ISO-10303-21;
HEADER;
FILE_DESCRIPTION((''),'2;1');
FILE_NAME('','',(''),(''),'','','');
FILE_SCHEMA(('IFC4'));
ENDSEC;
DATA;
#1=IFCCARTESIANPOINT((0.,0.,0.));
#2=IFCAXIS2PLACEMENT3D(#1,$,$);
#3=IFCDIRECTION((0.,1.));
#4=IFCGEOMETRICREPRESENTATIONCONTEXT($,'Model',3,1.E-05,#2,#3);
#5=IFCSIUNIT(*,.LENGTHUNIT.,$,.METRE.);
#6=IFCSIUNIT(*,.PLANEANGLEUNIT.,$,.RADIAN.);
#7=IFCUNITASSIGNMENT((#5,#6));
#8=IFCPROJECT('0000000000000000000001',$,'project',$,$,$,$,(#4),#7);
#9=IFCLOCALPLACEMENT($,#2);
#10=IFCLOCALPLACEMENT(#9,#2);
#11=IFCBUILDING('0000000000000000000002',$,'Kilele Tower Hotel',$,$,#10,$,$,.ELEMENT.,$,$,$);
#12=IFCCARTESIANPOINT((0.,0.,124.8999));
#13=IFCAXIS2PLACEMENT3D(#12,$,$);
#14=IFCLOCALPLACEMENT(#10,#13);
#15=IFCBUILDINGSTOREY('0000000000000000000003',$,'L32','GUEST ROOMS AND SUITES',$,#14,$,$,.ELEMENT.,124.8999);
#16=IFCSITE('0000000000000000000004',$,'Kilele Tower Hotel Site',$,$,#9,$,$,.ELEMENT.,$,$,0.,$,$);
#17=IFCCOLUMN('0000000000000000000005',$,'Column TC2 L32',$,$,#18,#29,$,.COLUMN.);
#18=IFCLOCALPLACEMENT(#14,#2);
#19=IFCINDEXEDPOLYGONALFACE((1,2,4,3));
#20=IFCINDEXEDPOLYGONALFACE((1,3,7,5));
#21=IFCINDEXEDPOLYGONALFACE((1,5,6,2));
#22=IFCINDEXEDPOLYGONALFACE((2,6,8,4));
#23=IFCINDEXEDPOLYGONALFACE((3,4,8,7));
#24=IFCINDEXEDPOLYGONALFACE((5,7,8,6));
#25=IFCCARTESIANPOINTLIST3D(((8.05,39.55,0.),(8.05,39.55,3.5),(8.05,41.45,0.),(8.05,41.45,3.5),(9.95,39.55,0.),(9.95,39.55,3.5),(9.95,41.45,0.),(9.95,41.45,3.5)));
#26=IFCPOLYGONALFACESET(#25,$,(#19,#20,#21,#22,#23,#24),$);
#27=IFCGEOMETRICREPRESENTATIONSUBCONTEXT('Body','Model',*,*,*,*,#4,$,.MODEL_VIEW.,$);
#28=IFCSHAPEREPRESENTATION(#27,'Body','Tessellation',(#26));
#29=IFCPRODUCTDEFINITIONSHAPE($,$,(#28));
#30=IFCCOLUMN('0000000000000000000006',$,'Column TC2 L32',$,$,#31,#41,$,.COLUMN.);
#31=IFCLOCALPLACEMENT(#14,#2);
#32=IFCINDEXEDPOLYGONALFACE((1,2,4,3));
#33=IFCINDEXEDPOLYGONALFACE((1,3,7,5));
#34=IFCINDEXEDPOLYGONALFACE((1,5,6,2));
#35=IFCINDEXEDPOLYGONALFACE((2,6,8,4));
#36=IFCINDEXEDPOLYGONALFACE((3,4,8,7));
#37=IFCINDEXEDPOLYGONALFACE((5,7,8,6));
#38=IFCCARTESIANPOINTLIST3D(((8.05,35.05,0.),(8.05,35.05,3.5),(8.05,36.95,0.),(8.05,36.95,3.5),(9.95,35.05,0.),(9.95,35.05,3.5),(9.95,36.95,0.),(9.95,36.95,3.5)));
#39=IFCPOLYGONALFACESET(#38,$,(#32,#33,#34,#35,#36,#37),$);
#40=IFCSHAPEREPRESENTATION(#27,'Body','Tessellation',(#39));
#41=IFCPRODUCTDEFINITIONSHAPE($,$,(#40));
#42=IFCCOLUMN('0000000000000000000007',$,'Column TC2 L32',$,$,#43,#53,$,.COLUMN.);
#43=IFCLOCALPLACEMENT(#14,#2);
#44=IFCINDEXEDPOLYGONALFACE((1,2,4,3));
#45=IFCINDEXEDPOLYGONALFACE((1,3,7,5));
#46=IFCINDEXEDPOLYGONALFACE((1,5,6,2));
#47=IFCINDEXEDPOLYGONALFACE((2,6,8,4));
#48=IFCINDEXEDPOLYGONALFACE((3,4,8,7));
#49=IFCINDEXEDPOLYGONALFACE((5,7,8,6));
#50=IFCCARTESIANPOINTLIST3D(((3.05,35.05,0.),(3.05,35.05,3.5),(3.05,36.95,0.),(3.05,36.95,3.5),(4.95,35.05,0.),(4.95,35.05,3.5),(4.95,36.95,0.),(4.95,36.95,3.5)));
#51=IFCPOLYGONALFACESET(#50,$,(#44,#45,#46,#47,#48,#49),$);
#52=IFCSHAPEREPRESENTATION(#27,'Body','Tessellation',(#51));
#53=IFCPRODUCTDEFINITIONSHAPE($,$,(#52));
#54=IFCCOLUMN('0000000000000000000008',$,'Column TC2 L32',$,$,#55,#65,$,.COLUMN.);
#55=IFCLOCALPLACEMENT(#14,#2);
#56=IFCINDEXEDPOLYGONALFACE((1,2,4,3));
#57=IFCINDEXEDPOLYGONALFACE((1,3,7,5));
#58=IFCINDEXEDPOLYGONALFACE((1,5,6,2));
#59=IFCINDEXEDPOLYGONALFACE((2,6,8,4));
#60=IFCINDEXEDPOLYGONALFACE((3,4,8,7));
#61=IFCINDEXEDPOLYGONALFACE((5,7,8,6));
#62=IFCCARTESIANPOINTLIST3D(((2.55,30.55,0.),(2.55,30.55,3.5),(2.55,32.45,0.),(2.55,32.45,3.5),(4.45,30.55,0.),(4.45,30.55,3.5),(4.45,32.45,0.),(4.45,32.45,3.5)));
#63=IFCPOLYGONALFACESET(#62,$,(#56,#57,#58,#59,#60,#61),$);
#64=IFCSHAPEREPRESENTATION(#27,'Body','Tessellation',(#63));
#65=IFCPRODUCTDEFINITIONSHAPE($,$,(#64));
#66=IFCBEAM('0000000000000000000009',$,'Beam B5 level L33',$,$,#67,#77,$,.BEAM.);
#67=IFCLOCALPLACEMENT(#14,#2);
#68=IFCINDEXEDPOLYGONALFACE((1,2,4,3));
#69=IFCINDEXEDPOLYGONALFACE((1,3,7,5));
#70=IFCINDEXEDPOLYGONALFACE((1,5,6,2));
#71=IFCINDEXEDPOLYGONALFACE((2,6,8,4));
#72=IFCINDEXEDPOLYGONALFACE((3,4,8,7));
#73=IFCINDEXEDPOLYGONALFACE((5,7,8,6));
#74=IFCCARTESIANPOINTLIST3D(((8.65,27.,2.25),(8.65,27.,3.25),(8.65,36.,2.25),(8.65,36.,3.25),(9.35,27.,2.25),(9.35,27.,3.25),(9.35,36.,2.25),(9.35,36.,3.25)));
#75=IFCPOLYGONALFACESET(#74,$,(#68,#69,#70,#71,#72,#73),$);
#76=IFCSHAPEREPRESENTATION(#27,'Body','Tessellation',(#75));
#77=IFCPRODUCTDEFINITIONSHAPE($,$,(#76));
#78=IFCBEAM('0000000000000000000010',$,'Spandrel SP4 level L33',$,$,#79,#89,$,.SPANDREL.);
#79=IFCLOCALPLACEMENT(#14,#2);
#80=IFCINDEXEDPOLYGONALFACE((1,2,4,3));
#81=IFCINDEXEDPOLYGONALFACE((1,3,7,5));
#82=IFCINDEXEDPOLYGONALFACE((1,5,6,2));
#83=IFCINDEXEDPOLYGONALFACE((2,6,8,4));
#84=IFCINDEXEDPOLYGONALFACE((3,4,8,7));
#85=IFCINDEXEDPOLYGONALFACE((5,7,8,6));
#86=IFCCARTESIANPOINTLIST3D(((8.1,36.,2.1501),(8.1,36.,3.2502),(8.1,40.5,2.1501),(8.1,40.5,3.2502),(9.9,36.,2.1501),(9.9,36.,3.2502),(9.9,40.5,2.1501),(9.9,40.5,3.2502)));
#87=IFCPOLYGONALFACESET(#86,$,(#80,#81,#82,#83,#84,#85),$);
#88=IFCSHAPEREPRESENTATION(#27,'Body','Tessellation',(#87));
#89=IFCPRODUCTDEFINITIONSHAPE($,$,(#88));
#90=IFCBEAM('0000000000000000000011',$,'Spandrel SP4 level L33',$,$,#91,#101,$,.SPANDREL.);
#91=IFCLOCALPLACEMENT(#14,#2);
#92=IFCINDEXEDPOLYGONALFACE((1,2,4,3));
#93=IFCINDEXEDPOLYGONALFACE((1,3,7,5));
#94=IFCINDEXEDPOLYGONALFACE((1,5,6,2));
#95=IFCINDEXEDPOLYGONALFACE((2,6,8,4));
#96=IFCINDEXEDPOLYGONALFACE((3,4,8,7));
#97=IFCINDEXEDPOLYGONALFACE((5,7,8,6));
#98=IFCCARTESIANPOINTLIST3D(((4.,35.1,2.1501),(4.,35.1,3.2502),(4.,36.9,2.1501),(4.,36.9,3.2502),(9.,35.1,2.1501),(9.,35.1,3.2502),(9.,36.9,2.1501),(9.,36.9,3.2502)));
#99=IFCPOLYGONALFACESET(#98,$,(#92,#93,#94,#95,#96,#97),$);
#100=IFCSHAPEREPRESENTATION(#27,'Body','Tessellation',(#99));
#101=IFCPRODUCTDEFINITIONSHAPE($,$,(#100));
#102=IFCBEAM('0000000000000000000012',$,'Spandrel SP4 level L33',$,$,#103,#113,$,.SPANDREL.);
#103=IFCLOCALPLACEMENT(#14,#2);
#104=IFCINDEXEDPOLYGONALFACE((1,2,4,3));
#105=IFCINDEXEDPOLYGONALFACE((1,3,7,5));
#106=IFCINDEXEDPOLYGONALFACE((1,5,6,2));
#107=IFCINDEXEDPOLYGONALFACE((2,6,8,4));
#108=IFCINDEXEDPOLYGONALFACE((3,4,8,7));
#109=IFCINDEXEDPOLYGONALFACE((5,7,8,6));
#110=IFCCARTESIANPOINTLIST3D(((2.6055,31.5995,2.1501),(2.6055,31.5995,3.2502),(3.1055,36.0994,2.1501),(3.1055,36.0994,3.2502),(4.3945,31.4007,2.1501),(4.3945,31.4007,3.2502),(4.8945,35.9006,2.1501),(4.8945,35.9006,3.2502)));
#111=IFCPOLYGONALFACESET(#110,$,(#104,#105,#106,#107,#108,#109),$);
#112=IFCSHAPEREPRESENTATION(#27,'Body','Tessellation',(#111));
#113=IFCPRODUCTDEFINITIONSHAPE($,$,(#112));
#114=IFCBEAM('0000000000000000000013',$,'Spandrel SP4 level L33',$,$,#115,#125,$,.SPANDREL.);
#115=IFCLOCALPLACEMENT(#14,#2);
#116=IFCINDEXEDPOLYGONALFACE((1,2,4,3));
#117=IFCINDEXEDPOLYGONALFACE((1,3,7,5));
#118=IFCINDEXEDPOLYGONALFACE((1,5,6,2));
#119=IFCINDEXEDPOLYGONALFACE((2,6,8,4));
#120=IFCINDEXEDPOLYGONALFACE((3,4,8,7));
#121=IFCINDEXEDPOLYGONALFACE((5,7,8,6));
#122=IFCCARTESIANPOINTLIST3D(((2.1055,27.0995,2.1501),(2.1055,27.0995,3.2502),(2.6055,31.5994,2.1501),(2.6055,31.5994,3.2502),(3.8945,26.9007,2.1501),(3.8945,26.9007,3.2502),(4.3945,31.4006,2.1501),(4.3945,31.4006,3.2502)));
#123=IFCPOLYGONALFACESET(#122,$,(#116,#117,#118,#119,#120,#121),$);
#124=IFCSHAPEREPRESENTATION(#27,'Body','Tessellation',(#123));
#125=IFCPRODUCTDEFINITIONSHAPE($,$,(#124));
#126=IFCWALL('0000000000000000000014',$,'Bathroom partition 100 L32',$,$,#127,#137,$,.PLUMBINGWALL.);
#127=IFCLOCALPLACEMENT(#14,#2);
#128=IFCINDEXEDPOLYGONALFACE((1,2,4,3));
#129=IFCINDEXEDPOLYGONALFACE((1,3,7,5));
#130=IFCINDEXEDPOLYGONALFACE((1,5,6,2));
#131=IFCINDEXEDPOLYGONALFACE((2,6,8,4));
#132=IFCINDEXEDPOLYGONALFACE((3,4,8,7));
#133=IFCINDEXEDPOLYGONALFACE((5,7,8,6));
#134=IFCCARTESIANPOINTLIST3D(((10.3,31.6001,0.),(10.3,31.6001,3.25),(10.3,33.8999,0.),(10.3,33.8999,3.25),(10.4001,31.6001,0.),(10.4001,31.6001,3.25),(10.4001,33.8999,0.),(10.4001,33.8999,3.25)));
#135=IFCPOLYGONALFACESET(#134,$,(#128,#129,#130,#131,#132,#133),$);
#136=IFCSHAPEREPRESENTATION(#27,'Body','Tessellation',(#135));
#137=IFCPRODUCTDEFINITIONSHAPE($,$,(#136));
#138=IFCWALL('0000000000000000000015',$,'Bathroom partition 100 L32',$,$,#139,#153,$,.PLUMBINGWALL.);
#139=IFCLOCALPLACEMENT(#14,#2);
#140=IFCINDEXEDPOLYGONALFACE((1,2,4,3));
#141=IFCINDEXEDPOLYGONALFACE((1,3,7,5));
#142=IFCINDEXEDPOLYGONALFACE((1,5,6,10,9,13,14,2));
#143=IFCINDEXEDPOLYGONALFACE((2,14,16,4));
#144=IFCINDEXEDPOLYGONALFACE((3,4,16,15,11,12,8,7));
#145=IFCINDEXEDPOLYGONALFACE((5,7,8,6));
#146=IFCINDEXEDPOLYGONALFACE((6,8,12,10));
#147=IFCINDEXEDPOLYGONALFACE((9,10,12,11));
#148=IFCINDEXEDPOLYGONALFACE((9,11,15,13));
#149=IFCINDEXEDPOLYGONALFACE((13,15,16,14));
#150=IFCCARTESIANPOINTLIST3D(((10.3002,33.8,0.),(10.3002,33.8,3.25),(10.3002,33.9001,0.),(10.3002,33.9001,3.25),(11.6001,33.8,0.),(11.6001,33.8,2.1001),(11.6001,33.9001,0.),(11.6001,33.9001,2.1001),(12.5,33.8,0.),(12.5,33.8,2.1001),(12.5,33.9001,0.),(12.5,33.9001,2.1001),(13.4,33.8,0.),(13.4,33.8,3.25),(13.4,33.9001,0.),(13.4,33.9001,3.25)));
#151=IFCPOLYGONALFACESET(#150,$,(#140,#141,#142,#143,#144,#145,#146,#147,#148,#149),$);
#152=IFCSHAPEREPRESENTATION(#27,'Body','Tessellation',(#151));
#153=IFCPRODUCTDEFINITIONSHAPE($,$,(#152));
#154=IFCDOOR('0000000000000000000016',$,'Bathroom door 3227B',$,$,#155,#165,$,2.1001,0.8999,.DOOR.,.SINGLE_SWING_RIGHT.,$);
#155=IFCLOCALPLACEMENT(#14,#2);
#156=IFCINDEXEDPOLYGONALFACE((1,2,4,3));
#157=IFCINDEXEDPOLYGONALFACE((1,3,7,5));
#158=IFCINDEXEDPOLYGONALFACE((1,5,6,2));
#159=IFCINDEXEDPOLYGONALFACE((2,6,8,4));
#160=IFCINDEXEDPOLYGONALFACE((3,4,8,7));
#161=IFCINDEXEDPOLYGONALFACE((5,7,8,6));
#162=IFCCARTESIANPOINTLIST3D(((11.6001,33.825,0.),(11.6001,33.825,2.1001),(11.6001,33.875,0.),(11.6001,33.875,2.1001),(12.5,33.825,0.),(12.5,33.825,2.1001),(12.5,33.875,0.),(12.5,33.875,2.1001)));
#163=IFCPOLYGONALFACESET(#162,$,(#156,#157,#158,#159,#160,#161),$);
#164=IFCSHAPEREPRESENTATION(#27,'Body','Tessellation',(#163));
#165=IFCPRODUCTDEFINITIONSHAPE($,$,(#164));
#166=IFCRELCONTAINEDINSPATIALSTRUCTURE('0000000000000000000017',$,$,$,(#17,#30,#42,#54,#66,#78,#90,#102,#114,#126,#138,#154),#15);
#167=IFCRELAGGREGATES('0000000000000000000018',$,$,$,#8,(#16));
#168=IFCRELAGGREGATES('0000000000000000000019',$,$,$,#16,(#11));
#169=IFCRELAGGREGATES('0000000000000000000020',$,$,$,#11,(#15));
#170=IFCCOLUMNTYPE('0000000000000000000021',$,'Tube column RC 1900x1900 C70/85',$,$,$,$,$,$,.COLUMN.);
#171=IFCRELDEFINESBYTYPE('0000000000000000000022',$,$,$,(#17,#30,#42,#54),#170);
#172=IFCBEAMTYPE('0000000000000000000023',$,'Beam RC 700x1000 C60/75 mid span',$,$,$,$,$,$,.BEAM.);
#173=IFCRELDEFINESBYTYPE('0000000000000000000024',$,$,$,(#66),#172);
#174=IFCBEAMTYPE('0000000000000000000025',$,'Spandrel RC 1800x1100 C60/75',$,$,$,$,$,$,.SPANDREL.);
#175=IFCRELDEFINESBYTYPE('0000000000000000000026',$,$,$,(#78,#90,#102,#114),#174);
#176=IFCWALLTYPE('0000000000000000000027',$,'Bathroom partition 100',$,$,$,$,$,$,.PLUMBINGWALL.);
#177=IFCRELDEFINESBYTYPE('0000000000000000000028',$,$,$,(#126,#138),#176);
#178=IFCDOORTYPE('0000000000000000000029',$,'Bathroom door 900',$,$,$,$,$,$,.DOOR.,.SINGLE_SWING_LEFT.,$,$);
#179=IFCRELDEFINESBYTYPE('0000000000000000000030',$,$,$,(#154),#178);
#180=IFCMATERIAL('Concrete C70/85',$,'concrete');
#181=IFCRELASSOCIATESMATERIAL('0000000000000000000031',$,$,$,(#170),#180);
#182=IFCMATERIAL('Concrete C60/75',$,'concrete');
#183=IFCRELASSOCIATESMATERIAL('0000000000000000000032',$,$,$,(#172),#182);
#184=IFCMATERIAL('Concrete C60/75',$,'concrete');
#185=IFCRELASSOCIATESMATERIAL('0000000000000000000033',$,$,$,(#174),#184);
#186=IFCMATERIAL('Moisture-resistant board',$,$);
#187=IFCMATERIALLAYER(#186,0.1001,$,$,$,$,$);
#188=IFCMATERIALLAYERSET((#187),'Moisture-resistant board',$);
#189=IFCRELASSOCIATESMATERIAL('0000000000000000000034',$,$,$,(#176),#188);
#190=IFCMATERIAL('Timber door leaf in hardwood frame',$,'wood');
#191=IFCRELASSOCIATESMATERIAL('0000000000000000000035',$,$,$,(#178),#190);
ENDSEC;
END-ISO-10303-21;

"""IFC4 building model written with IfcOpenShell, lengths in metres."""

from ifc_helpers import new_model, si_unit, direction, frame, frame_2d, origin, origin_2d, place, context, subcontext, project, spatial, rectangle, extrude, material, layer, layer_set, material_profile, profile_set, type_object, element, fill, save


model = new_model("IFC4")

# Units and contexts
model_context = context("Model", 3, precision=1e-05, world=origin(), true_north=direction((0.0, 1.0)))
body_context = subcontext(model_context, "Body", "Model", "MODEL_VIEW")
ifc_project = project(units=[si_unit("LENGTHUNIT", "METRE"), si_unit("PLANEANGLEUNIT", "RADIAN")], contexts=[model_context])

# Site, building, storey
site_placement = place(None, origin())
site = spatial("IfcSite", under=ifc_project, at=site_placement, Name="Kilele Tower Hotel Site", CompositionType="ELEMENT", RefElevation=0.0)
building_placement = place(site_placement, origin())
building = spatial("IfcBuilding", under=site, at=building_placement, Name="Kilele Tower Hotel", CompositionType="ELEMENT")
storey_placement = place(building_placement, frame((0.0, 0.0, 124.8999)))
storey = spatial("IfcBuildingStorey", under=building, at=storey_placement, Name="L32", Description="GUEST ROOMS AND SUITES", CompositionType="ELEMENT", Elevation=124.8999)

# Columns
ifc_material_1 = material(Name="Concrete C70/85", Category="concrete")
ifc_material_profile_1 = material_profile(ifc_material_1, rectangle(XDim=1.8999, YDim=1.8999, at=origin_2d()))
ifc_profile_set_1 = profile_set([ifc_material_profile_1], Name="Concrete C70/85")
column_type = type_object("IfcColumnType", Name="Tube column RC 1900x1900 C70/85", PredefinedType="COLUMN", material=ifc_profile_set_1)
for number, where, z_axis, x_axis, name in (
    (1, (9.0, 40.5, 0.0), (0.0, 0.0, 1.0), (1.0, 0.0, 0.0), "Column TC2 L32"),
    (2, (9.0, 36.0, 0.0), (0.0, 0.0, 1.0), (1.0, 0.0, 0.0), "Column TC2 L32"),
    (3, (4.0, 36.0, 0.0), (0.0, 0.0, 1.0), (1.0, 0.0, 0.0), "Column TC2 L32"),
    (4, (3.5, 31.5, 0.0), (0.0, 0.0, 1.0), (1.0, 0.0, 0.0), "Column TC2 L32"),
):
    element("IfcColumn", number, at=place(storey_placement, frame(where, z_axis=z_axis, x_axis=x_axis)), inside=storey, type_object=column_type, Name=name, PredefinedType="COLUMN", context=body_context, shape_type="SweptSolid", body=[
        extrude(rectangle(XDim=1.8999, YDim=1.8999, at=origin_2d()), origin(), (0.0, 0.0, 1.0), 3.5),
    ])

# Beams
ifc_material_2 = material(Name="Concrete C60/75", Category="concrete")
ifc_material_profile_2 = material_profile(ifc_material_2, rectangle(XDim=0.7, YDim=1.0, at=origin_2d()))
ifc_profile_set_2 = profile_set([ifc_material_profile_2], Name="Concrete C60/75")
beam_type_1 = type_object("IfcBeamType", Name="Beam RC 700x1000 C60/75 mid span", PredefinedType="BEAM", material=ifc_profile_set_2)
beam_1_placement = place(storey_placement, frame((9.0, 36.0, 2.75), z_axis=(0.0, -1.0, 0.0), x_axis=(1.0, 0.0, 0.0)))
element("IfcBeam", 5, at=beam_1_placement, inside=storey, type_object=beam_type_1, Name="Beam B5 level L33", PredefinedType="BEAM", context=body_context, shape_type="SweptSolid", body=[
    extrude(rectangle(XDim=0.7, YDim=1.0, at=origin_2d()), origin(), (0.0, 0.0, 1.0), 9.0),
])
ifc_material_3 = material(Name="Concrete C60/75", Category="concrete")
ifc_material_profile_3 = material_profile(ifc_material_3, rectangle(XDim=1.8, YDim=1.1001, at=origin_2d()))
ifc_profile_set_3 = profile_set([ifc_material_profile_3], Name="Concrete C60/75")
beam_type_2 = type_object("IfcBeamType", Name="Spandrel RC 1800x1100 C60/75", PredefinedType="SPANDREL", material=ifc_profile_set_3)
beam_2_placement = place(storey_placement, frame((9.0, 40.5, 2.7002), z_axis=(0.0, -1.0, 0.0), x_axis=(1.0, 0.0, 0.0)))
element("IfcBeam", 6, at=beam_2_placement, inside=storey, type_object=beam_type_2, Name="Spandrel SP4 level L33", PredefinedType="SPANDREL", context=body_context, shape_type="SweptSolid", body=[
    extrude(rectangle(XDim=1.8, YDim=1.1001, at=origin_2d()), origin(), (0.0, 0.0, 1.0), 4.5),
])
beam_3_placement = place(storey_placement, frame((9.0, 36.0, 2.7002), z_axis=(-1.0, 0.0, 0.0), x_axis=(0.0, -1.0, 0.0)))
element("IfcBeam", 7, at=beam_3_placement, inside=storey, type_object=beam_type_2, Name="Spandrel SP4 level L33", PredefinedType="SPANDREL", context=body_context, shape_type="SweptSolid", body=[
    extrude(rectangle(XDim=1.8, YDim=1.1001, at=origin_2d()), origin(), (0.0, 0.0, 1.0), 5.0),
])
for number, where, z_axis, x_axis, name in (
    (8, (4.0, 36.0, 2.7002), (-0.110432, -0.993884, 0.0), (0.993884, -0.110432, 0.0), "Spandrel SP4 level L33"),
    (9, (3.5, 31.5, 2.7002), (-0.110432, -0.993884, 0.0), (0.993884, -0.110432, 0.0), "Spandrel SP4 level L33"),
):
    element("IfcBeam", number, at=place(storey_placement, frame(where, z_axis=z_axis, x_axis=x_axis)), inside=storey, type_object=beam_type_2, Name=name, PredefinedType="SPANDREL", context=body_context, shape_type="SweptSolid", body=[
        extrude(rectangle(XDim=1.8, YDim=1.1001, at=origin_2d()), origin(), (0.0, 0.0, 1.0), 4.5276),
    ])

# Wall
ifc_material_4 = material(Name="Moisture-resistant board")
ifc_layer_1 = layer(ifc_material_4, 0.1001)
ifc_layer_set_1 = layer_set([ifc_layer_1], Name="Moisture-resistant board")
wall_type_1 = type_object("IfcWallType", Name="Bathroom partition 100", PredefinedType="PLUMBINGWALL", material=ifc_layer_set_1)
wall_1_placement = place(storey_placement, frame((10.3501, 31.6001, 0.0), z_axis=(0.0, 0.0, 1.0), x_axis=(0.0, 1.0, 0.0)))
element("IfcWall", 10, at=wall_1_placement, inside=storey, type_object=wall_type_1, Name="Bathroom partition 100 L32", PredefinedType="PLUMBINGWALL", context=body_context, shape_type="SweptSolid", body=[
    extrude(rectangle(XDim=2.2998, YDim=0.1001, at=frame_2d((1.1499, 0.0))), origin(), (0.0, 0.0, 1.0), 3.25),
])

# Wall, opening, door
wall_2_placement = place(storey_placement, frame((13.3999, 33.8501, 0.0), z_axis=(0.0, 0.0, 1.0), x_axis=(-1.0, 0.0, 0.0)))
wall_2 = element("IfcWall", 11, at=wall_2_placement, inside=storey, type_object=wall_type_1, Name="Bathroom partition 100 L32", PredefinedType="PLUMBINGWALL", context=body_context, shape_type="SweptSolid", body=[
    extrude(rectangle(XDim=3.0999, YDim=0.1001, at=frame_2d((1.5498, 0.0))), origin(), (0.0, 0.0, 1.0), 3.25),
])
opening_1_placement = place(wall_2_placement, frame((1.7998, 0.0, 0.0), z_axis=(0.0, 0.0, 1.0), x_axis=(-1.0, 0.0, 0.0)))
opening_1 = element("IfcOpeningElement", 12, at=opening_1_placement, cuts=wall_2, PredefinedType="OPENING", context=body_context, shape_type="SweptSolid", body=[
    extrude(rectangle(XDim=0.8999, YDim=2.1001, at=frame_2d((0.45, 1.05))), frame((0.0, 0.0601, 0.0), z_axis=(0.0, -1.0, 0.0), x_axis=(1.0, 0.0, 0.0)), (0.0, 0.0, 1.0), 0.1201),
])
ifc_material_5 = material(Name="Timber door leaf in hardwood frame", Category="wood")
door_type_1 = type_object("IfcDoorType", Name="Bathroom door 900", OperationType="SINGLE_SWING_LEFT", PredefinedType="DOOR", material=ifc_material_5)
door_1_placement = place(opening_1_placement, origin())
door_1 = element("IfcDoor", 13, at=door_1_placement, inside=storey, type_object=door_type_1, Name="Bathroom door 3227B", OperationType="SINGLE_SWING_RIGHT", OverallHeight=2.1001, OverallWidth=0.8999, PredefinedType="DOOR", context=body_context, shape_type="SweptSolid", body=[
    extrude(rectangle(XDim=0.8999, YDim=2.1001, at=frame_2d((0.45, 1.05))), frame((0.0, 0.0249, 0.0), z_axis=(0.0, -1.0, 0.0), x_axis=(1.0, 0.0, 0.0)), (0.0, 0.0, 1.0), 0.05),
])
fill(opening_1, door_1)

save(model, "model.ifc")
